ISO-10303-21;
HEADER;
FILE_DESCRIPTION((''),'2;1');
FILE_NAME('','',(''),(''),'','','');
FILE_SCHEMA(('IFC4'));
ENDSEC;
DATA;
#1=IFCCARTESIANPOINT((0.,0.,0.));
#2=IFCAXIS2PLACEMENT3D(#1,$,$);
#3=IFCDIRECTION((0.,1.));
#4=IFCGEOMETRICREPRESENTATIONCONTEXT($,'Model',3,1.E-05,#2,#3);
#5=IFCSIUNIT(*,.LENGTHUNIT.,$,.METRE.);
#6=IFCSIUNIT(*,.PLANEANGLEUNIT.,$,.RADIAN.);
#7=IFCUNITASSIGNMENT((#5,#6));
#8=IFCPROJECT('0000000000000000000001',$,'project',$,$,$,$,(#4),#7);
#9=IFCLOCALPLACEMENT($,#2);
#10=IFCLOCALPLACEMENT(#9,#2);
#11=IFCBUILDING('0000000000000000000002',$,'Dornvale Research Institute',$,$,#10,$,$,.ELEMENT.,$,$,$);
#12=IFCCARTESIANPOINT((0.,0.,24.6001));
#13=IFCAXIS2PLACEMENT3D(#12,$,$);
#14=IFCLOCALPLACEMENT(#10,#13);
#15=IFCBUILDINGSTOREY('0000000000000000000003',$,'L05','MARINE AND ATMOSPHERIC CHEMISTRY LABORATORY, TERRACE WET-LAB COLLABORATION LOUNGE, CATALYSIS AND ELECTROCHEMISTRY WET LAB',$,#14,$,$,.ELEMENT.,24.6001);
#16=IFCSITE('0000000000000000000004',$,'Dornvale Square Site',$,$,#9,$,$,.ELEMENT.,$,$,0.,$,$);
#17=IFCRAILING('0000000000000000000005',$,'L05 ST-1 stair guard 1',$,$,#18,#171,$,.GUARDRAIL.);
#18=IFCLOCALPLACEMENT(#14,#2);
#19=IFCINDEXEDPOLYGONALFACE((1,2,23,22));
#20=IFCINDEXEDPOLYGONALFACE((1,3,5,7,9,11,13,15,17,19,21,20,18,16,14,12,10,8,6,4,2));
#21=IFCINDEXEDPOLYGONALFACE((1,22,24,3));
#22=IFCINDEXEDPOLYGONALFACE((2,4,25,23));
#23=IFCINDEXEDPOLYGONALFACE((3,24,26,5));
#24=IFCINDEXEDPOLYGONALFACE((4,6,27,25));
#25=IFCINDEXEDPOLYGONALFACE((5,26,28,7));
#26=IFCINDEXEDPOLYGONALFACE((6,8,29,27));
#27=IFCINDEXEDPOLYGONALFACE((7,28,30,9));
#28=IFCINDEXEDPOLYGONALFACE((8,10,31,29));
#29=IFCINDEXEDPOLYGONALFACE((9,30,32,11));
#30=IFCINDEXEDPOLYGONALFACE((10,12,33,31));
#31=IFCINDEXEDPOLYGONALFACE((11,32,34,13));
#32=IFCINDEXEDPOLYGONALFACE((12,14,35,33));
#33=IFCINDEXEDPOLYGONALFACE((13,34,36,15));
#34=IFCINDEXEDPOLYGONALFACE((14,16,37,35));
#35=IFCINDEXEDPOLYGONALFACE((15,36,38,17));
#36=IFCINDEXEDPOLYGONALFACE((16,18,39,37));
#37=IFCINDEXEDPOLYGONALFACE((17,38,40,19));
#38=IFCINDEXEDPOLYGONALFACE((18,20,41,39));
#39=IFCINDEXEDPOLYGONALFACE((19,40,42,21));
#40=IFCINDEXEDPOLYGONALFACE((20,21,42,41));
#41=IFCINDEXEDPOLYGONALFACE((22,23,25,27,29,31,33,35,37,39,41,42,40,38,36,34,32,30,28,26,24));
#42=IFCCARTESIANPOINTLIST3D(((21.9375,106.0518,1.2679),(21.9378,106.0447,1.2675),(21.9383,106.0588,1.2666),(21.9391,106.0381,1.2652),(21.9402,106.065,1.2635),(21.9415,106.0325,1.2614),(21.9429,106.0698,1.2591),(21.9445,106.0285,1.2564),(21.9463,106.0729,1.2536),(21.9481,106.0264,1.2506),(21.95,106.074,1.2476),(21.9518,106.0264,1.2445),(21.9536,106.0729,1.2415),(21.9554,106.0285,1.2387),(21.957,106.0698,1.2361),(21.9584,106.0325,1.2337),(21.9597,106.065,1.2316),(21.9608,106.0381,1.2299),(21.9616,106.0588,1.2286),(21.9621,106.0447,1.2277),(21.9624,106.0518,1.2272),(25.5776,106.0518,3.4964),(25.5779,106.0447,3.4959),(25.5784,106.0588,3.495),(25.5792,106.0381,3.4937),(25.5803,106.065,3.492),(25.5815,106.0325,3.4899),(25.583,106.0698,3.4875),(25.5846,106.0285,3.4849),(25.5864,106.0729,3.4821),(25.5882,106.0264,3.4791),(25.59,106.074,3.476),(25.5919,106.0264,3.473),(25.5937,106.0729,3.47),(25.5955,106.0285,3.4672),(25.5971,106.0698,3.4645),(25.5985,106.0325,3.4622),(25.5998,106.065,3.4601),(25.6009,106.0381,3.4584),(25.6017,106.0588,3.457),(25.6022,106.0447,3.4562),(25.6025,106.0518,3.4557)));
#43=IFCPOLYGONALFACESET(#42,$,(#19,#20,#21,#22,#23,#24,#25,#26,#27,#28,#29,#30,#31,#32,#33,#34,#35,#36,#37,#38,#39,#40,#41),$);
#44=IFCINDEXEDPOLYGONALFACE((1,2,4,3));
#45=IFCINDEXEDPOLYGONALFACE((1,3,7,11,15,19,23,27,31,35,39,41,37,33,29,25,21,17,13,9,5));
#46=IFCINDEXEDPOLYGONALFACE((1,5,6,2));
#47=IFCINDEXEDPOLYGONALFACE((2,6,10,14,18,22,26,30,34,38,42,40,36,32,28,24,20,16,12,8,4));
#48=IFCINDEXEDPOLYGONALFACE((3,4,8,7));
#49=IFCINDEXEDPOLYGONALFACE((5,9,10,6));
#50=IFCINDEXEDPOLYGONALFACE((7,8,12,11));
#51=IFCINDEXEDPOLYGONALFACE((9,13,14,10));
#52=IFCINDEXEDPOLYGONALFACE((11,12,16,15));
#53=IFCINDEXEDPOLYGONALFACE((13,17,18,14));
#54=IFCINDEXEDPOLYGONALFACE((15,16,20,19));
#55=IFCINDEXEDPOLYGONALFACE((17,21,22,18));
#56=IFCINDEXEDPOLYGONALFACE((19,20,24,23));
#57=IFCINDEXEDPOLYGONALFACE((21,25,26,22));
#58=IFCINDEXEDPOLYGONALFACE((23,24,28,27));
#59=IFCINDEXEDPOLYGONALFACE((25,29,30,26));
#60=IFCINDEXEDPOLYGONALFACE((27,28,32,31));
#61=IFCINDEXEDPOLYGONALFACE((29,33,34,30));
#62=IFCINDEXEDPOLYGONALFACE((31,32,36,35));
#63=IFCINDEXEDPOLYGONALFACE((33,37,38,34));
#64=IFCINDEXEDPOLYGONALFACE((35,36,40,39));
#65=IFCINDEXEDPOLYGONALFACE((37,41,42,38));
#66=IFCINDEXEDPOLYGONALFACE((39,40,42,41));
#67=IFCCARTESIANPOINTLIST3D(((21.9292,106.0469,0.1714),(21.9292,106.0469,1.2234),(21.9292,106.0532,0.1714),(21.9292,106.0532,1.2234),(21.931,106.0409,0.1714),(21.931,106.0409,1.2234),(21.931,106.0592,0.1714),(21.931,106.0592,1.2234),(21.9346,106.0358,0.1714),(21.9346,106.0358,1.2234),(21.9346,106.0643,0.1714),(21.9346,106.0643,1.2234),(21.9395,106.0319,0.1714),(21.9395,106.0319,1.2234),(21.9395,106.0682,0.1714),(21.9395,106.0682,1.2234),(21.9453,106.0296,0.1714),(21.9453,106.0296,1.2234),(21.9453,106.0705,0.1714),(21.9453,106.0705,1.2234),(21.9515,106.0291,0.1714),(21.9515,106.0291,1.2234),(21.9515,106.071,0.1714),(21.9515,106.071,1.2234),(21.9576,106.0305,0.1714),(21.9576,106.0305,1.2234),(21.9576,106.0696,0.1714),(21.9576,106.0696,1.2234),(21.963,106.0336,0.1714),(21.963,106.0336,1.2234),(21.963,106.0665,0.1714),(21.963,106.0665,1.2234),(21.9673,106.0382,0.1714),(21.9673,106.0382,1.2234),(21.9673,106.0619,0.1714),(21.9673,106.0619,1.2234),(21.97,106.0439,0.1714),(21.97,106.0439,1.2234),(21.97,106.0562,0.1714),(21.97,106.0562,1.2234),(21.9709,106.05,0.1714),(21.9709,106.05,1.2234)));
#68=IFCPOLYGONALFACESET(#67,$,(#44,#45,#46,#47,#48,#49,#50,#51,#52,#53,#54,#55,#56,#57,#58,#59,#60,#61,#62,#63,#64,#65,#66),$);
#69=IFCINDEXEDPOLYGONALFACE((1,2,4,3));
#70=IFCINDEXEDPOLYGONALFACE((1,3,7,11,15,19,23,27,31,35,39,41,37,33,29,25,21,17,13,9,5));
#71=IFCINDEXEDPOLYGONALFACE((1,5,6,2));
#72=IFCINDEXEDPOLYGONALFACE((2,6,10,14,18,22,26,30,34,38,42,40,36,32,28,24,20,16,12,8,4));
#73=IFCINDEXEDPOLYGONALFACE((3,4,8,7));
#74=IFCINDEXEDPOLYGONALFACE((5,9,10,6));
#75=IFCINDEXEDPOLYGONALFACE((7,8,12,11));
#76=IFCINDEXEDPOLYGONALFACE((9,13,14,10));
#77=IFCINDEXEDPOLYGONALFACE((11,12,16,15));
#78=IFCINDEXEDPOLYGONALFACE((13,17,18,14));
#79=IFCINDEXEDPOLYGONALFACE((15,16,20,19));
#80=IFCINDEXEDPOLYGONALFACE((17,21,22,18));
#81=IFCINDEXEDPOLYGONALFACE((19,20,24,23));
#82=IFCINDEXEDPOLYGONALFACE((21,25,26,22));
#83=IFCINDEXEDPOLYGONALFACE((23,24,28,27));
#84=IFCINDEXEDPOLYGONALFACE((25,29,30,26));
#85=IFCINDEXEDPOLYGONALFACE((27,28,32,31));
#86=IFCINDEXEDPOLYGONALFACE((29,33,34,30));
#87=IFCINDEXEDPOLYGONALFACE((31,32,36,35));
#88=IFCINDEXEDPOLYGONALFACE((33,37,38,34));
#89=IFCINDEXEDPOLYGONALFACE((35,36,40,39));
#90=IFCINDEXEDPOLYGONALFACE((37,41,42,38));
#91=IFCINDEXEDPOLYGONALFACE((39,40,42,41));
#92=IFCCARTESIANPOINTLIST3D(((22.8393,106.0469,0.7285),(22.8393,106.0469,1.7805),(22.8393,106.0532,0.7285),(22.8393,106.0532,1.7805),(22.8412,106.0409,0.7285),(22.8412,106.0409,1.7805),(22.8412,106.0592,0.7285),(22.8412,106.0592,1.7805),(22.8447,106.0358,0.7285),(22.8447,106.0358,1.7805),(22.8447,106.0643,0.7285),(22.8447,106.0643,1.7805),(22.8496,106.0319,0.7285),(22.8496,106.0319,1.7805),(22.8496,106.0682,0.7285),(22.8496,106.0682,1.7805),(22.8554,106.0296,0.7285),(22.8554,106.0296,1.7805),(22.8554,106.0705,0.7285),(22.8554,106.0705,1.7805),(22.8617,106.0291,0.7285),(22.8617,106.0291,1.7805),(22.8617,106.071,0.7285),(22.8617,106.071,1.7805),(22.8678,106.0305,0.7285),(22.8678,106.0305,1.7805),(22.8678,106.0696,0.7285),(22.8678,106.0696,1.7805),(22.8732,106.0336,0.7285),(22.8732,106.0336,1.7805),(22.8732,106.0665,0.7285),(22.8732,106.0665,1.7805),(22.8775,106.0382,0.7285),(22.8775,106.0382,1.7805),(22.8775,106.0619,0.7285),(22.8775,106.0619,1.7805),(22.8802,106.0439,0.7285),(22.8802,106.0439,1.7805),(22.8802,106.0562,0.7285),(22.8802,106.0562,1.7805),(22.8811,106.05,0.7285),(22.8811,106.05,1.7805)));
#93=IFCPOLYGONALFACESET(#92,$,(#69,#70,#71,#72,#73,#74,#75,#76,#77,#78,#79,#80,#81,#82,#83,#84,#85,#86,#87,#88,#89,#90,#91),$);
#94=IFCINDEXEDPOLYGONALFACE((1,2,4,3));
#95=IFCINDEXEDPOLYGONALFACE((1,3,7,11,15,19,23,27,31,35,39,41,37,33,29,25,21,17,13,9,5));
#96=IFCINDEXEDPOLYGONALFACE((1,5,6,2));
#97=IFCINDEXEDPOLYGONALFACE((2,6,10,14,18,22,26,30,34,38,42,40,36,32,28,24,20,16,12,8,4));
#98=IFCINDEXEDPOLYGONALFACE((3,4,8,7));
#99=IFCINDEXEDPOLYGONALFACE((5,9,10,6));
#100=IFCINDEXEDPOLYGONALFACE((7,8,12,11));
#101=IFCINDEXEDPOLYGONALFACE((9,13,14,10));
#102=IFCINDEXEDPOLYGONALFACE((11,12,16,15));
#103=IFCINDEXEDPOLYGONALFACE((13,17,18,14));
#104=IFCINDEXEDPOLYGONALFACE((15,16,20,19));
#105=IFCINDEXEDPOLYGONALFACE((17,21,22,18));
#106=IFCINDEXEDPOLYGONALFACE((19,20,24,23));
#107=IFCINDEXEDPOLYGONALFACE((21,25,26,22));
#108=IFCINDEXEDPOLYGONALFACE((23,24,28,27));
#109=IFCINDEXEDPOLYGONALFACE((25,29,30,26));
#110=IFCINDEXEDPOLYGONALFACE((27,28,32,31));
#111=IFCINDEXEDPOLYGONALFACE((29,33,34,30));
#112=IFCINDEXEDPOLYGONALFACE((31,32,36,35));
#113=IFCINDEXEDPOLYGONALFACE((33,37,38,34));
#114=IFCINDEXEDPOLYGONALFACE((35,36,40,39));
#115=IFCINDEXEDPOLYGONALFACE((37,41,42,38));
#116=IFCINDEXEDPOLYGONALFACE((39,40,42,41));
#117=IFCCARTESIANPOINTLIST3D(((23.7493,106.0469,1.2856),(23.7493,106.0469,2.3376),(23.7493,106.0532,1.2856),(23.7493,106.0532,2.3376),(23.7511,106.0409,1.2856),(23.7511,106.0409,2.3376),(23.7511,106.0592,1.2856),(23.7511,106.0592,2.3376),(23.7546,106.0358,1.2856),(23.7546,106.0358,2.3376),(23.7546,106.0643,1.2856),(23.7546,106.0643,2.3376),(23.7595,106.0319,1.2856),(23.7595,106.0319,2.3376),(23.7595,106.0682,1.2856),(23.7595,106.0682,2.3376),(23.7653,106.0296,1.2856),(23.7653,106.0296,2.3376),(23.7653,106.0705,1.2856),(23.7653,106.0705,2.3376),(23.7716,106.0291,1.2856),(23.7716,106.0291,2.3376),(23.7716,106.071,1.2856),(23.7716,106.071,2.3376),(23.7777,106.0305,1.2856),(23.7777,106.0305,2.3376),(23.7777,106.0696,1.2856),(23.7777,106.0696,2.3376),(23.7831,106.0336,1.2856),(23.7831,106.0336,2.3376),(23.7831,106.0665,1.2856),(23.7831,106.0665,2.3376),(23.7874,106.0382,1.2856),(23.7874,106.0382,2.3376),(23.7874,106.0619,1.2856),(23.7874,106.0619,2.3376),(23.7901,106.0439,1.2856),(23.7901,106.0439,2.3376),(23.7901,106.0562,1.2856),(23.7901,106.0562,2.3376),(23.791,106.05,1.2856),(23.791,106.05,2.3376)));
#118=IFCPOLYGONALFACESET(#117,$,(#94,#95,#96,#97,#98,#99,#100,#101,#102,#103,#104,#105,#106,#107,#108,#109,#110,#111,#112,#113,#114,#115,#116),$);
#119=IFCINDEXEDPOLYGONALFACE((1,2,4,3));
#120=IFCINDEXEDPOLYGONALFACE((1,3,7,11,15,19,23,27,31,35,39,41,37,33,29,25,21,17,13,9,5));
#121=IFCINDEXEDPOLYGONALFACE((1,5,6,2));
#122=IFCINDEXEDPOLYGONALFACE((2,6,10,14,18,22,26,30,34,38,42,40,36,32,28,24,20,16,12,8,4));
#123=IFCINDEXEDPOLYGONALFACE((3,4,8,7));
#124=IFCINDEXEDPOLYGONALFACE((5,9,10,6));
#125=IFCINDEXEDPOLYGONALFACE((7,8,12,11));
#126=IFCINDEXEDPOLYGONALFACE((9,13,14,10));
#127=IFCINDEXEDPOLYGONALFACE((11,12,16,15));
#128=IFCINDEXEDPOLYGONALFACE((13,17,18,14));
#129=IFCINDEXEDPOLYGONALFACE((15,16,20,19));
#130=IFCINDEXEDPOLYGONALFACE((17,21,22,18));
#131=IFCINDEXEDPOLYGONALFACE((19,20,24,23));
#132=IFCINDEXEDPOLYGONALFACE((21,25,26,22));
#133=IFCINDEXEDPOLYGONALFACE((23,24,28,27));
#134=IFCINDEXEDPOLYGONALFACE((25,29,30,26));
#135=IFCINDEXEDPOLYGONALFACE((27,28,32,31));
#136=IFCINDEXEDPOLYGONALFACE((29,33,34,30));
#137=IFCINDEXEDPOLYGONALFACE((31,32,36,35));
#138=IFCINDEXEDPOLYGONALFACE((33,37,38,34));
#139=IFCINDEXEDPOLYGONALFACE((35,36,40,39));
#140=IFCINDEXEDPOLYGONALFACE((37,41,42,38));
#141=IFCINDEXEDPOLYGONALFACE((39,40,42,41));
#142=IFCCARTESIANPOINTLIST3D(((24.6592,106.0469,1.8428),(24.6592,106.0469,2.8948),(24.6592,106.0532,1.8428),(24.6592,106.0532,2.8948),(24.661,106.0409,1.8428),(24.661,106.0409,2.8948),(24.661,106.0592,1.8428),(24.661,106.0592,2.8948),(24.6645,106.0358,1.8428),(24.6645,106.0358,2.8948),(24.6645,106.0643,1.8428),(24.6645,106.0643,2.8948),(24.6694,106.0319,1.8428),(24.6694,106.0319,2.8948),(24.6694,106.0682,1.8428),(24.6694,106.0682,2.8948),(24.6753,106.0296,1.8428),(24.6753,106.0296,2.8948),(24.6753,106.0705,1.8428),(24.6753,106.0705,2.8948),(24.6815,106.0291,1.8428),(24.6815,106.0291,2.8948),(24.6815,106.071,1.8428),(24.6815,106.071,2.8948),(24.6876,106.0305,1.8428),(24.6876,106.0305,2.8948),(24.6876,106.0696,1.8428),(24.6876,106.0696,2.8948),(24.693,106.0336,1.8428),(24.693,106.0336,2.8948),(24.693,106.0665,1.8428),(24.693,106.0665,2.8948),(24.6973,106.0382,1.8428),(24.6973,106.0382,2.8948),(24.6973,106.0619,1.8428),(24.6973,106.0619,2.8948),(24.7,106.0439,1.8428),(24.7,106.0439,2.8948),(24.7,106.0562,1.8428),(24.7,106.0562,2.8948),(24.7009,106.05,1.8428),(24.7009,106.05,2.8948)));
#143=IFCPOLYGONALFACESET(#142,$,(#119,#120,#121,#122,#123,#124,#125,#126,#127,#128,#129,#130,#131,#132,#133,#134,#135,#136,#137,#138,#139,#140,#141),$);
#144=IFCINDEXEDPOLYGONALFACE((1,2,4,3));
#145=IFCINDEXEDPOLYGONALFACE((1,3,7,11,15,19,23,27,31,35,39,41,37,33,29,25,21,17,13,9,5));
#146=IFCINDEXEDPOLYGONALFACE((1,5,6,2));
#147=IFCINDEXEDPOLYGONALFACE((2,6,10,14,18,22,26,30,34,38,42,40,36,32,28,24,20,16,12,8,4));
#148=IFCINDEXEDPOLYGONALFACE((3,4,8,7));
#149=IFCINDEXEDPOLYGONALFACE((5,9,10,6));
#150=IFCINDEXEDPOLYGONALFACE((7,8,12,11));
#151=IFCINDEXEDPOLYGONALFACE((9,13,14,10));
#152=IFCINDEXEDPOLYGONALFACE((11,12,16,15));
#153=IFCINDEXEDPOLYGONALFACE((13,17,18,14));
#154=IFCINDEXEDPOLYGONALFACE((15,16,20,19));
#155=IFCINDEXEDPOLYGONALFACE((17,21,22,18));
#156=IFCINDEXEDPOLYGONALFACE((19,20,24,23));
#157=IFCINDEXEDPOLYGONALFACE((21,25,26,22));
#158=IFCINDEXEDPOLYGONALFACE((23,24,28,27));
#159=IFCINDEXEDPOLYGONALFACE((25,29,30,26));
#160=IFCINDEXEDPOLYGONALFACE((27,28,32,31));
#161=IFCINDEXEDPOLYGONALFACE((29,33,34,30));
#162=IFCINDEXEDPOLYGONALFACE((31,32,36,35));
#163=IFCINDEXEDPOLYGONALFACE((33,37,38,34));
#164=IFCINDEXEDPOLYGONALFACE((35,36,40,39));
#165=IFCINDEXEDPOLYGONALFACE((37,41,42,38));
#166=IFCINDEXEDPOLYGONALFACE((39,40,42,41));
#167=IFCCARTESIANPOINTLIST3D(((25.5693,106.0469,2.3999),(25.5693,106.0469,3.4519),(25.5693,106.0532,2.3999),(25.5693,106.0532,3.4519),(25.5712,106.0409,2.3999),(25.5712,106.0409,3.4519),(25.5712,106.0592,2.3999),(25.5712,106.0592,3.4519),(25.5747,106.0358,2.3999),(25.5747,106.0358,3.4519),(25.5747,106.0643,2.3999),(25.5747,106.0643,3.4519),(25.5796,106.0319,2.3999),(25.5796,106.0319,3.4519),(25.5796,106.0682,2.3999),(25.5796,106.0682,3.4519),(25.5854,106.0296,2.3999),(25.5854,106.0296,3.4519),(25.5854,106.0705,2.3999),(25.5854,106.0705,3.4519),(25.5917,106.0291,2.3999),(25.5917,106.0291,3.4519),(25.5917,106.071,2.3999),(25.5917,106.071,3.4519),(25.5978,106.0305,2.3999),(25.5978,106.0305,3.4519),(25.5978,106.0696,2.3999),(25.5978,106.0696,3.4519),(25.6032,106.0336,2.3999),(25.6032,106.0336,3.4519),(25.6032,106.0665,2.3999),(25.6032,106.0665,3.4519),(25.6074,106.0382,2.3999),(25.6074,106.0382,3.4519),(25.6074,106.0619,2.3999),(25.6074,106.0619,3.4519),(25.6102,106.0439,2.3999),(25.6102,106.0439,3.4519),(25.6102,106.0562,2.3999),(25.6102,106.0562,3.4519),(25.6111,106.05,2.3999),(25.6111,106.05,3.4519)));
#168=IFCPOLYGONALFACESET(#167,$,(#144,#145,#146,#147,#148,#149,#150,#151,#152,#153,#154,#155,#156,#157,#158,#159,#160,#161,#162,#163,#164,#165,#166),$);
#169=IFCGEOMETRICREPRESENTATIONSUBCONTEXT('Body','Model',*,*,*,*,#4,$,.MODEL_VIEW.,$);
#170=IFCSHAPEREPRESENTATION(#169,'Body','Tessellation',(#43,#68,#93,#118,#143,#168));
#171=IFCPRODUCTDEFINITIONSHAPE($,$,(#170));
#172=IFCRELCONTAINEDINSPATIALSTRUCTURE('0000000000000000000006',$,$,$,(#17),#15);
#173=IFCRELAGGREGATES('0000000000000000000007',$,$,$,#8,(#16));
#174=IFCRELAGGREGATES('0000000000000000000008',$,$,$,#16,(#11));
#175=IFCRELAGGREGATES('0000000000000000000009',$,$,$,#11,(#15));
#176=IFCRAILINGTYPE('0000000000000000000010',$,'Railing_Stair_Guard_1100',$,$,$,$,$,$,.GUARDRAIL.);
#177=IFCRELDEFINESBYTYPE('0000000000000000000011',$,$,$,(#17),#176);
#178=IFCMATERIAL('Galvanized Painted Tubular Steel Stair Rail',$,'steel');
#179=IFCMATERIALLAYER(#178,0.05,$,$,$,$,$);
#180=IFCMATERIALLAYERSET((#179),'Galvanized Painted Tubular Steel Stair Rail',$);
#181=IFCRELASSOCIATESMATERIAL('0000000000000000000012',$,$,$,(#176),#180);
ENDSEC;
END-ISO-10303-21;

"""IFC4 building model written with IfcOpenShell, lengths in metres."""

from ifc_helpers import new_model, si_unit, direction, frame, origin, origin_2d, place, context, subcontext, project, spatial, circle, extrude, material, layer, layer_set, type_object, element, save


model = new_model("IFC4")

# Units and contexts
model_context = context("Model", 3, precision=1e-05, world=origin(), true_north=direction((0.0, 1.0)))
body_context = subcontext(model_context, "Body", "Model", "MODEL_VIEW")
ifc_project = project(units=[si_unit("LENGTHUNIT", "METRE"), si_unit("PLANEANGLEUNIT", "RADIAN")], contexts=[model_context])

# Site, building, storey
site_placement = place(None, origin())
site = spatial("IfcSite", under=ifc_project, at=site_placement, Name="Dornvale Square Site", CompositionType="ELEMENT", RefElevation=0.0)
building_placement = place(site_placement, origin())
building = spatial("IfcBuilding", under=site, at=building_placement, Name="Dornvale Research Institute", CompositionType="ELEMENT")
storey_placement = place(building_placement, frame((0.0, 0.0, 24.6001)))
storey = spatial("IfcBuildingStorey", under=building, at=storey_placement, Name="L05", Description="MARINE AND ATMOSPHERIC CHEMISTRY LABORATORY, TERRACE WET-LAB COLLABORATION LOUNGE, CATALYSIS AND ELECTROCHEMISTRY WET LAB", CompositionType="ELEMENT", Elevation=24.6001)

# Railing
ifc_material_1 = material(Name="Galvanized Painted Tubular Steel Stair Rail", Category="steel")
ifc_layer_1 = layer(ifc_material_1, 0.05)
ifc_layer_set_1 = layer_set([ifc_layer_1], Name="Galvanized Painted Tubular Steel Stair Rail")
railing_type_1 = type_object("IfcRailingType", Name="Railing_Stair_Guard_1100", PredefinedType="GUARDRAIL", material=ifc_layer_set_1)
railing_1_placement = place(storey_placement, frame((21.95, 106.05, 0.1714)))
element("IfcRailing", 1, at=railing_1_placement, inside=storey, type_object=railing_type_1, Name="L05 ST-1 stair guard 1", PredefinedType="GUARDRAIL", context=body_context, shape_type="SweptSolid", body=[
    extrude(circle(Radius=0.0239, at=origin_2d()), frame((0.0, 0.0, 1.0762), z_axis=(0.852866, 0.0, 0.52213), x_axis=(0.0, 1.0, 0.0)), (0.0, 0.0, 1.0), 4.2681),
    extrude(circle(Radius=0.021, at=origin_2d()), origin(), (0.0, 0.0, 1.0), 1.052),
    extrude(circle(Radius=0.021, at=origin_2d()), frame((0.9102, 0.0, 0.5571)), (0.0, 0.0, 1.0), 1.052),
    extrude(circle(Radius=0.021, at=origin_2d()), frame((1.8201, 0.0, 1.1143)), (0.0, 0.0, 1.0), 1.052),
    extrude(circle(Radius=0.021, at=origin_2d()), frame((2.73, 0.0, 1.6714)), (0.0, 0.0, 1.0), 1.052),
    extrude(circle(Radius=0.021, at=origin_2d()), frame((3.6401, 0.0, 2.2285)), (0.0, 0.0, 1.0), 1.052),
])

save(model, "model.ifc")
